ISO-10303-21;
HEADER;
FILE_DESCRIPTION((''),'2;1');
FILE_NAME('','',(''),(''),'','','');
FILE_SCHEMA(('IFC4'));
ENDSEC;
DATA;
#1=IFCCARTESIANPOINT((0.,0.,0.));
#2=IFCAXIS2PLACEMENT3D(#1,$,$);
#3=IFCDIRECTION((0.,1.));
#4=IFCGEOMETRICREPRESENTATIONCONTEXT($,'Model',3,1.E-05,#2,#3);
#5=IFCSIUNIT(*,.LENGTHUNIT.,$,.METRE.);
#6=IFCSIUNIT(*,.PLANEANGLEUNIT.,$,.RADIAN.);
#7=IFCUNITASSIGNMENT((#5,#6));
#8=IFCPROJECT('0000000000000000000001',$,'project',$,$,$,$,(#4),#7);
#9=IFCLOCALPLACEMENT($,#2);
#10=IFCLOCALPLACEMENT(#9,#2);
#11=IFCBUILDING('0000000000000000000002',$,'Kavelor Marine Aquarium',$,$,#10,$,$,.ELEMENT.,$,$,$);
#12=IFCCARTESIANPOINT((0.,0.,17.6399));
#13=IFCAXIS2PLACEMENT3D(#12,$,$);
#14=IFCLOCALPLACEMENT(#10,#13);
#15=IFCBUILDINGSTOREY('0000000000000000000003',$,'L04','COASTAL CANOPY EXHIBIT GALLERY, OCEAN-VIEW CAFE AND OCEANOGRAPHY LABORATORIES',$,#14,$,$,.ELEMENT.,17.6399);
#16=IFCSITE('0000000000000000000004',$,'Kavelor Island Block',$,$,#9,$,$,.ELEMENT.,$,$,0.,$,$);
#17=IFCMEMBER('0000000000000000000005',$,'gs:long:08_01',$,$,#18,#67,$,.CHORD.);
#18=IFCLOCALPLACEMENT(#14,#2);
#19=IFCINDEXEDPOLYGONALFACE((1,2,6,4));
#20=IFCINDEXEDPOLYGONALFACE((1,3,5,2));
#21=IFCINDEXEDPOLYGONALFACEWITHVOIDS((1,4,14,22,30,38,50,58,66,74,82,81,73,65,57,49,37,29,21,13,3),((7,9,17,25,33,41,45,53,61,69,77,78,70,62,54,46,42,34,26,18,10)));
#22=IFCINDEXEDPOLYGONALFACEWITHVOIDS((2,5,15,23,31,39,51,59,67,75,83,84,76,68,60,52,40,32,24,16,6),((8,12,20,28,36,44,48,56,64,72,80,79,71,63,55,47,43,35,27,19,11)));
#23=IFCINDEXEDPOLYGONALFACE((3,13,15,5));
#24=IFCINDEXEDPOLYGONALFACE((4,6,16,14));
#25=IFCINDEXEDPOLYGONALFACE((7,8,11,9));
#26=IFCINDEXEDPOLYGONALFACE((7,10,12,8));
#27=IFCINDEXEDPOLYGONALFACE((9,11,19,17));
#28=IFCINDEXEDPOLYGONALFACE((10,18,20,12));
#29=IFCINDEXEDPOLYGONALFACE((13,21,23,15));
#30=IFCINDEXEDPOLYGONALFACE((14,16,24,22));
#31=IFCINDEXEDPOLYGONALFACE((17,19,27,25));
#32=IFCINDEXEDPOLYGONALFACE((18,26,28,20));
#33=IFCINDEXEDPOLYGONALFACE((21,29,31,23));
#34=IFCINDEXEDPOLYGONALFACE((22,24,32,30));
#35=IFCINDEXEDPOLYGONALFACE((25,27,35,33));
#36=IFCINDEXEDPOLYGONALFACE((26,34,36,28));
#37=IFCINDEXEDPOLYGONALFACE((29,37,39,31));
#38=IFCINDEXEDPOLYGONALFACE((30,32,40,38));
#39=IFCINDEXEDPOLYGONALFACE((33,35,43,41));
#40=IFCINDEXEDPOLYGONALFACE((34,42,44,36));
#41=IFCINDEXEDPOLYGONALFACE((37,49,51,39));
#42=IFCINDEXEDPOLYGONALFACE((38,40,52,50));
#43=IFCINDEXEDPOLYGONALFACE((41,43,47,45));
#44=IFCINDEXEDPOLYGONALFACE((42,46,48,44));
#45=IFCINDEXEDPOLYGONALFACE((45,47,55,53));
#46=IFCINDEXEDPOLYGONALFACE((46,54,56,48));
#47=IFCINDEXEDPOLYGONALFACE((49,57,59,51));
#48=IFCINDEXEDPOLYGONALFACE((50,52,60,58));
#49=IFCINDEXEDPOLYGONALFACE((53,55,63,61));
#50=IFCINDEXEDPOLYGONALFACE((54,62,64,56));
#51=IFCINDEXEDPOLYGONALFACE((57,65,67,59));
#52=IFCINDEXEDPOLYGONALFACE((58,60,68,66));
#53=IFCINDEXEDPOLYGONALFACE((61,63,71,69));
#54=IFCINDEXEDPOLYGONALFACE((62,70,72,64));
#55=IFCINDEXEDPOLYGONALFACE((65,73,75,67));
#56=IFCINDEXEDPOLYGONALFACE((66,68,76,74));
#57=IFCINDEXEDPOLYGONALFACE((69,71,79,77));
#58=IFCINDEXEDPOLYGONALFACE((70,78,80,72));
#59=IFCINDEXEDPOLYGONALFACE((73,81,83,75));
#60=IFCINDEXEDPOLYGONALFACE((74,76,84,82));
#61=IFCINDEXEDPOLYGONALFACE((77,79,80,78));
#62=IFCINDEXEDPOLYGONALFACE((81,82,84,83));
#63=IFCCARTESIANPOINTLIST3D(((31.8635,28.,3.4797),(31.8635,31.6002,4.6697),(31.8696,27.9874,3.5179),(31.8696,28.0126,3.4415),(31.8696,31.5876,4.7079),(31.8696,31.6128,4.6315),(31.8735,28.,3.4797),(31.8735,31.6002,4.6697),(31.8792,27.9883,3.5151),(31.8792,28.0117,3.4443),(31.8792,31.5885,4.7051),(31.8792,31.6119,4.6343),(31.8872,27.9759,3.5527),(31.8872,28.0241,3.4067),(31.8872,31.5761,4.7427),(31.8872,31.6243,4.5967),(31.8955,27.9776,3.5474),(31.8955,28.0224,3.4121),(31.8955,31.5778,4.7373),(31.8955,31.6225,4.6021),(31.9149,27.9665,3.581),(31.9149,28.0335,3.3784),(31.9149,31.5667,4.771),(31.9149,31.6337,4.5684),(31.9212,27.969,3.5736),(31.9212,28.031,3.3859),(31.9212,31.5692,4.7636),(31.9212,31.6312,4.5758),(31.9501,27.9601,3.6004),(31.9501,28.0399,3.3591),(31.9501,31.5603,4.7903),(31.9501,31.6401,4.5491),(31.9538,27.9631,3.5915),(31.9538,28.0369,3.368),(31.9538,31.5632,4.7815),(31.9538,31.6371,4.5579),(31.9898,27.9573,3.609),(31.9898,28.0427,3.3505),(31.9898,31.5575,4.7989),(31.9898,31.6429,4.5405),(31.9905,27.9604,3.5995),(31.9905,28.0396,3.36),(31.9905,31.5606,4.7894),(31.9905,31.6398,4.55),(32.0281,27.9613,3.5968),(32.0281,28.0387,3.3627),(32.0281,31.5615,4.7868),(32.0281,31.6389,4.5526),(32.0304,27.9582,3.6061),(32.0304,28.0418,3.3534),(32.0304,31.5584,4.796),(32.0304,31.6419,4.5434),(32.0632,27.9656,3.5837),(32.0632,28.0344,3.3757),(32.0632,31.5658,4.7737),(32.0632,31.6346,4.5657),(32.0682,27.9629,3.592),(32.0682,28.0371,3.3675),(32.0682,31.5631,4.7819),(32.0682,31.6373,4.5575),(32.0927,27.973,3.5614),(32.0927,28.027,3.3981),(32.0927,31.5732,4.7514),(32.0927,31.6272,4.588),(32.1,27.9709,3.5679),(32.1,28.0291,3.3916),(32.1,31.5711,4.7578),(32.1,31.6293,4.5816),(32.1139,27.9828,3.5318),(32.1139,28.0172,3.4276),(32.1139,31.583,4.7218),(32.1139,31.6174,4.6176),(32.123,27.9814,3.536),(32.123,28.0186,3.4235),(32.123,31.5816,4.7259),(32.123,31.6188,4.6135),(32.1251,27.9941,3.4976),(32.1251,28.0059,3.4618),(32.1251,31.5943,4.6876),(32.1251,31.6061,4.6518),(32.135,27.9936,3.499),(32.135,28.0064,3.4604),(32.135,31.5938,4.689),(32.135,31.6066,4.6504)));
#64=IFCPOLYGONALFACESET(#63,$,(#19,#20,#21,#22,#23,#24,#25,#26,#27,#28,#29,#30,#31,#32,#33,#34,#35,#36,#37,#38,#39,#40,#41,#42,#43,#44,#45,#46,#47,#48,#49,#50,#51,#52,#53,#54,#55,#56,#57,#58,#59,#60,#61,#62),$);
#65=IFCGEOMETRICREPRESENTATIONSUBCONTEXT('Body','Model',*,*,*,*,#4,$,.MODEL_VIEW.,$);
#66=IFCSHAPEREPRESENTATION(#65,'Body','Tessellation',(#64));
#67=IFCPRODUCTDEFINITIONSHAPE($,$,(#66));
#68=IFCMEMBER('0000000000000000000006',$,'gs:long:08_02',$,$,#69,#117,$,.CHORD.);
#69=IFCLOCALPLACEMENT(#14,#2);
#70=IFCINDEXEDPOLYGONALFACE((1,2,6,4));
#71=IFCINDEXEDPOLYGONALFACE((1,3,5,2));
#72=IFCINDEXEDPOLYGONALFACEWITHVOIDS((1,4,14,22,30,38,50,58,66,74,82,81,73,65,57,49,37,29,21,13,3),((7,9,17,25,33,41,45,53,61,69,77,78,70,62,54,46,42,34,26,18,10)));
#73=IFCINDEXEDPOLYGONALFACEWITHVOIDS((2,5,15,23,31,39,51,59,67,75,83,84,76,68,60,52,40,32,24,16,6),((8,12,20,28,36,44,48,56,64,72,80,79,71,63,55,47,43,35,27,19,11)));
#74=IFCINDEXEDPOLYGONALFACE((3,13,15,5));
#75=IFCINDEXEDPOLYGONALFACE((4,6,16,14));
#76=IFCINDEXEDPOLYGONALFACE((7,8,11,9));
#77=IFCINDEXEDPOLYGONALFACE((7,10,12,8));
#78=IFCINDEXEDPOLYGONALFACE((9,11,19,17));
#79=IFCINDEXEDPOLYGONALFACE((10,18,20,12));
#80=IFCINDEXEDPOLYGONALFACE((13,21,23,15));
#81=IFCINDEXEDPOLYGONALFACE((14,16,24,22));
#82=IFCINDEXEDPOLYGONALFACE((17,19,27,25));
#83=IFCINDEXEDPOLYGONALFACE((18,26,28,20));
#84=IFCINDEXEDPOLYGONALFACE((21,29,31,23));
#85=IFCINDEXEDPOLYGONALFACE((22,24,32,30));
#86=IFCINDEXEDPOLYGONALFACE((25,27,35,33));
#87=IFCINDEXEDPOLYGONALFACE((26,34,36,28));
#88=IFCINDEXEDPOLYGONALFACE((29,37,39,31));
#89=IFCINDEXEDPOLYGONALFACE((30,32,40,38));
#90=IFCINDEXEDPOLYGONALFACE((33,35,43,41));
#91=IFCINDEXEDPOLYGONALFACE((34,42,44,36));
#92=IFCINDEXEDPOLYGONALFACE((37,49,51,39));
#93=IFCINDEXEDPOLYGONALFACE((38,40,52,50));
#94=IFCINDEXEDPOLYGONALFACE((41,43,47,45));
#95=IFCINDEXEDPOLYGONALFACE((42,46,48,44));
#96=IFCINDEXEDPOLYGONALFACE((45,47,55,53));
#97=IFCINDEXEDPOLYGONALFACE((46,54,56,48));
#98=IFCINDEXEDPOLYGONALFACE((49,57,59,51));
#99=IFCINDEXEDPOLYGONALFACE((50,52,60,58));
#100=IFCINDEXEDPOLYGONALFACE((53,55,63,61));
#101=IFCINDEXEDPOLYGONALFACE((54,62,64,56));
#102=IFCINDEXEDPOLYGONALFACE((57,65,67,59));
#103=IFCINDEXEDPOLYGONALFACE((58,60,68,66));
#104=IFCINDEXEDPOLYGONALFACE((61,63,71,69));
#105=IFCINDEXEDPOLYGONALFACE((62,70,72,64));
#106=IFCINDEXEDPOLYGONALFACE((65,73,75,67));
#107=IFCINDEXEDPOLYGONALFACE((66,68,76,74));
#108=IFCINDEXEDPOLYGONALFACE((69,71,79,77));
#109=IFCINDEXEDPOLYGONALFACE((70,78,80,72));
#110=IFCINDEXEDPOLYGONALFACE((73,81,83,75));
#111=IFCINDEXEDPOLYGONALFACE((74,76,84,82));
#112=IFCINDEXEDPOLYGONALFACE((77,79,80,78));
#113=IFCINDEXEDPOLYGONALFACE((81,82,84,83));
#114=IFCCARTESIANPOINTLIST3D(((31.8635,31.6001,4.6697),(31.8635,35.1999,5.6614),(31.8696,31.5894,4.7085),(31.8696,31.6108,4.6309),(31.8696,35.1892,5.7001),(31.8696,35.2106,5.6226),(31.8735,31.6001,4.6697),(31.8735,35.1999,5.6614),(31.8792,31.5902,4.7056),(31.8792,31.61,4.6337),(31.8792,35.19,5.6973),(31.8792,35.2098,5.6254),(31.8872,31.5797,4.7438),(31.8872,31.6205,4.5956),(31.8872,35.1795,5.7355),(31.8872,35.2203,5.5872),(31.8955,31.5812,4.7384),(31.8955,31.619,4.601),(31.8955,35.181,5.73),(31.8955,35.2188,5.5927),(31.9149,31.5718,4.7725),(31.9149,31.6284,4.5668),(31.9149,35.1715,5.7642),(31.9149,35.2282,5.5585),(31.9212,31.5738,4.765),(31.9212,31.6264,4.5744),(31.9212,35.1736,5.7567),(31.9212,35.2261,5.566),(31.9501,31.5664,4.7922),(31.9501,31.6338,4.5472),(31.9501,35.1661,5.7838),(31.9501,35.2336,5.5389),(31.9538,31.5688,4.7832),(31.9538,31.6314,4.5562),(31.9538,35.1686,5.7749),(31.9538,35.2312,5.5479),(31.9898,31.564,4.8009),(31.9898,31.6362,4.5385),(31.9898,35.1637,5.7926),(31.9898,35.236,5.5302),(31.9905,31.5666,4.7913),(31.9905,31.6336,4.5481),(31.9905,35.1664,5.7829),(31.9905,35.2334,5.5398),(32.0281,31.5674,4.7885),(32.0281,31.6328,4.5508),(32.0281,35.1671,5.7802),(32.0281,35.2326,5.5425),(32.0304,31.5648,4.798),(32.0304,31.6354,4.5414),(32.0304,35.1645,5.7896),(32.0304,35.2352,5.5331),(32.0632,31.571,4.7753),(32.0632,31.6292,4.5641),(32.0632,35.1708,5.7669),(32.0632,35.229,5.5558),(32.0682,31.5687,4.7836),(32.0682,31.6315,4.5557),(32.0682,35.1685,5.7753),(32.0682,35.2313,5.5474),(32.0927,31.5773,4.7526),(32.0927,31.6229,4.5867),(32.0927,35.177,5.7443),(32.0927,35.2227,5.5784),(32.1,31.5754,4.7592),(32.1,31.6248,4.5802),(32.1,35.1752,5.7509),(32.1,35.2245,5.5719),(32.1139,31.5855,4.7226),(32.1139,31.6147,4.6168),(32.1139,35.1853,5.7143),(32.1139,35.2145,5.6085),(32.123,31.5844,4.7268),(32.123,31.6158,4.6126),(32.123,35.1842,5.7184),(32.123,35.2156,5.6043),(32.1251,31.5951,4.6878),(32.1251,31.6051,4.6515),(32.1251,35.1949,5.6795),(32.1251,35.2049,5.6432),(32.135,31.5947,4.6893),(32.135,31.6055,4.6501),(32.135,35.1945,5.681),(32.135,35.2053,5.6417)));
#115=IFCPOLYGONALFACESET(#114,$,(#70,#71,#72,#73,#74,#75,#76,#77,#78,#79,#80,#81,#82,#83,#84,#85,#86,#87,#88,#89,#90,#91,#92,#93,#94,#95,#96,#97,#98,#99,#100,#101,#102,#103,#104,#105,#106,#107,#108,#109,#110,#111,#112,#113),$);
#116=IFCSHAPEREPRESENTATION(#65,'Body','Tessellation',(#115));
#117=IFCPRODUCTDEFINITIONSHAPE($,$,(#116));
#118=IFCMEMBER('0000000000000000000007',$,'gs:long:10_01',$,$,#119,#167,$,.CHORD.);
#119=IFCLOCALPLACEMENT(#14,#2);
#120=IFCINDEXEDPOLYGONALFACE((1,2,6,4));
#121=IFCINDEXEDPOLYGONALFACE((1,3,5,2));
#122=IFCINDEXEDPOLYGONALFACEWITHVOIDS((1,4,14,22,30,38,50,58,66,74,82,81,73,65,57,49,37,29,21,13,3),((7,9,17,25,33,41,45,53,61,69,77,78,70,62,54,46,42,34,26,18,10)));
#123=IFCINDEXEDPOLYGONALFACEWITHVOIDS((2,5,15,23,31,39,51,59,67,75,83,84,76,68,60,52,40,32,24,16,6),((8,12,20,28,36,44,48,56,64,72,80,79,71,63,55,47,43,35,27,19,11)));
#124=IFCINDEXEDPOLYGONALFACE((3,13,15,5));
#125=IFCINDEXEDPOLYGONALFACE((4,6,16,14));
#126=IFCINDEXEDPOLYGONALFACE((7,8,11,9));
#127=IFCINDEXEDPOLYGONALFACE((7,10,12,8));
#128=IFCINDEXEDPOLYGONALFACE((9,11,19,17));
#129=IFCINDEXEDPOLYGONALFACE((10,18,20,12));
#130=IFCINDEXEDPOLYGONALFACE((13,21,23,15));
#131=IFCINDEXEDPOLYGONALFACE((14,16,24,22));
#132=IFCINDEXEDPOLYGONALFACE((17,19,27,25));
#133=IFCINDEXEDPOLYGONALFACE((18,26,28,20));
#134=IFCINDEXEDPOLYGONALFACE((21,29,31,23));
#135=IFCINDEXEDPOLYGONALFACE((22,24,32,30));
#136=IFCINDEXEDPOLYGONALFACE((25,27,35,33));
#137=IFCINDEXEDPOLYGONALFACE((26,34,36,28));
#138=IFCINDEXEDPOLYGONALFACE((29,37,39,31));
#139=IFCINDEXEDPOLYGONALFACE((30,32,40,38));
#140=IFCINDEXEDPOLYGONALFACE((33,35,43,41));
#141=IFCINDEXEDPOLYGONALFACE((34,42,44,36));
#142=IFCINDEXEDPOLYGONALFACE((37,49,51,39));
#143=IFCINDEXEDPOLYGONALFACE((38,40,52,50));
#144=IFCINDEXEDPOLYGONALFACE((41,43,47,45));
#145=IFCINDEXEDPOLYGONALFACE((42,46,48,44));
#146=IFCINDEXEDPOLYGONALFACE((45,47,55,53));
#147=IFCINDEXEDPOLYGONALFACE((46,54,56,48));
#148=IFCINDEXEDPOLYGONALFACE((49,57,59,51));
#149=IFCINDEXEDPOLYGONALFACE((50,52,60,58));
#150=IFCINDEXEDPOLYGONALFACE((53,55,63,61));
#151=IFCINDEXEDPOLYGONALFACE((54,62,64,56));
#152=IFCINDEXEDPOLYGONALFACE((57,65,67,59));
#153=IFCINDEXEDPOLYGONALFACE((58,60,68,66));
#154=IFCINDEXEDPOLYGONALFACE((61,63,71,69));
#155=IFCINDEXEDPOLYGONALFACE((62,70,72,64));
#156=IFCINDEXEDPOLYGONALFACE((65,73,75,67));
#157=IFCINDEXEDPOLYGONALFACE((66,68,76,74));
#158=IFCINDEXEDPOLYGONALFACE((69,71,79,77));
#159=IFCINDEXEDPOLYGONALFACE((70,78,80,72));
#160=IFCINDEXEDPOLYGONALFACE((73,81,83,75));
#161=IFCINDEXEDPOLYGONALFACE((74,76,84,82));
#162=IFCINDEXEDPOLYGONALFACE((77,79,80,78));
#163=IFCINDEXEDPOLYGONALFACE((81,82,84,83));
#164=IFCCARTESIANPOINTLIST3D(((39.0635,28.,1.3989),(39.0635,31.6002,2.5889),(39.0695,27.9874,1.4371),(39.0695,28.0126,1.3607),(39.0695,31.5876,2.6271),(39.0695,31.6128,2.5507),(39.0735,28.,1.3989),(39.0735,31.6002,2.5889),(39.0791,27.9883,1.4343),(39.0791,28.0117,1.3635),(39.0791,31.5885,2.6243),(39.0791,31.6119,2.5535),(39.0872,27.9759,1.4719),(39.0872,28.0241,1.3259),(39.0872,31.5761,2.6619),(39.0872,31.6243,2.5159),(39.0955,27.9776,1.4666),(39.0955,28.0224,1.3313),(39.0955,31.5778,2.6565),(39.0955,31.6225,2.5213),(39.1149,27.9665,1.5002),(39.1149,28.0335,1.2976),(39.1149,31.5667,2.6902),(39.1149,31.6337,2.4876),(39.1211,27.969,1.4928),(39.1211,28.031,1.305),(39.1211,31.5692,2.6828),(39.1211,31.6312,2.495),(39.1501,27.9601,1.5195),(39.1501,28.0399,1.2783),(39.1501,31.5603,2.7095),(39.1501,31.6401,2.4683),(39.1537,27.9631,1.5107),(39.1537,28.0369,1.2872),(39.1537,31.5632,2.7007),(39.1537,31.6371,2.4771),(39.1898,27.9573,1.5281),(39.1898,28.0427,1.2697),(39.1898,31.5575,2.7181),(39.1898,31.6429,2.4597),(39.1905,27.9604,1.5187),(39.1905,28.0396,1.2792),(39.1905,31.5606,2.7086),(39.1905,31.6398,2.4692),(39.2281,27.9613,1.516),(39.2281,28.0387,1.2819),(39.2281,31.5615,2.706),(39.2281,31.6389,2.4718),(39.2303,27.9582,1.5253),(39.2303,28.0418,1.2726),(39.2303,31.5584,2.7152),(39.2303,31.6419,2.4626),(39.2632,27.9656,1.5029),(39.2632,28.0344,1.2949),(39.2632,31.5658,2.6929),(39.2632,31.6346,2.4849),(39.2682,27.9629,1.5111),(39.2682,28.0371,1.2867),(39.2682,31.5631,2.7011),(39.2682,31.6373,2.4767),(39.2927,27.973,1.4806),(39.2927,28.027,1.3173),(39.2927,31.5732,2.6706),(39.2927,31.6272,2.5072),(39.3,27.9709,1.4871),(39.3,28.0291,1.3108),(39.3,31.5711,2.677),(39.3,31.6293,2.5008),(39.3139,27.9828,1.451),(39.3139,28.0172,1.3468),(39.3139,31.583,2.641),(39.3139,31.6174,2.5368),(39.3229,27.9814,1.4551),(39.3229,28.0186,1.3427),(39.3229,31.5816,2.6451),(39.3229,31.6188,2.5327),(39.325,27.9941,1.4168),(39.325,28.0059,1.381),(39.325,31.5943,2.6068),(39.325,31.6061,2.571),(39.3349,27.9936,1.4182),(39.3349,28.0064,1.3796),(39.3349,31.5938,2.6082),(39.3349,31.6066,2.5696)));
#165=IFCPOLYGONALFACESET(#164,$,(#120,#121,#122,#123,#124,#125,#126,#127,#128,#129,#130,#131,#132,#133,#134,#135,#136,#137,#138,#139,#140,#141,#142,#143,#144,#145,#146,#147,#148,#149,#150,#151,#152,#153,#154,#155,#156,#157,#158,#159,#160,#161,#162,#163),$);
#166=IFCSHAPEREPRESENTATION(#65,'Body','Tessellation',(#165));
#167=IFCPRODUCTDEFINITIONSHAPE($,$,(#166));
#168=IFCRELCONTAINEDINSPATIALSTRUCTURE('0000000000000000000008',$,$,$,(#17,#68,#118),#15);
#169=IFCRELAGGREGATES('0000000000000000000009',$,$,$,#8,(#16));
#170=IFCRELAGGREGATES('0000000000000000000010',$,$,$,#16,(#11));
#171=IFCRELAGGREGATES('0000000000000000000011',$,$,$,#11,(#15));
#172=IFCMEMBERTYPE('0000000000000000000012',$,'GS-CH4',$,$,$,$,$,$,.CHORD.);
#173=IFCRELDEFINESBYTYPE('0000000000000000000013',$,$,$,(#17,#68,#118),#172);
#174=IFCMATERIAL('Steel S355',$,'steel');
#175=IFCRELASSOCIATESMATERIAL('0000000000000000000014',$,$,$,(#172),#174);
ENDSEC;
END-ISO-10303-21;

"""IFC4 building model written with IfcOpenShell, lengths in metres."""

from ifc_helpers import new_model, si_unit, direction, frame, origin, origin_2d, place, context, subcontext, project, spatial, hollow_circle, extrude, material, material_profile, profile_set, type_object, element, save


model = new_model("IFC4")

# Units and contexts
model_context = context("Model", 3, precision=1e-05, world=origin(), true_north=direction((0.0, 1.0)))
body_context = subcontext(model_context, "Body", "Model", "MODEL_VIEW")
ifc_project = project(units=[si_unit("LENGTHUNIT", "METRE"), si_unit("PLANEANGLEUNIT", "RADIAN")], contexts=[model_context])

# Site, building, storey
site_placement = place(None, origin())
site = spatial("IfcSite", under=ifc_project, at=site_placement, Name="Kavelor Island Block", CompositionType="ELEMENT", RefElevation=0.0)
building_placement = place(site_placement, origin())
building = spatial("IfcBuilding", under=site, at=building_placement, Name="Kavelor Marine Aquarium", CompositionType="ELEMENT")
storey_placement = place(building_placement, frame((0.0, 0.0, 17.6399)))
storey = spatial("IfcBuildingStorey", under=building, at=storey_placement, Name="L04", Description="COASTAL CANOPY EXHIBIT GALLERY, OCEAN-VIEW CAFE AND OCEANOGRAPHY LABORATORIES", CompositionType="ELEMENT", Elevation=17.6399)

# Members
ifc_material_1 = material(Name="Steel S355", Category="steel")
ifc_material_profile_1 = material_profile(ifc_material_1, hollow_circle(Radius=0.1365, WallThickness=0.01, at=origin_2d()), Name="CHS 273.0x10.0")
ifc_profile_set_1 = profile_set([ifc_material_profile_1], Name="Steel S355")
member_type_1 = type_object("IfcMemberType", Name="GS-CH4", PredefinedType="CHORD", material=ifc_profile_set_1)
member_1_placement = place(storey_placement, frame((32.0, 28.0, 3.4797), z_axis=(0.0, 0.949479, 0.313831), x_axis=(-1.0, 0.0, 0.0)))
element("IfcMember", 1, at=member_1_placement, inside=storey, type_object=member_type_1, Name="gs:long:08_01", PredefinedType="CHORD", context=body_context, shape_type="SweptSolid", body=[
    extrude(hollow_circle(Radius=0.1365, WallThickness=0.01, at=origin_2d()), origin(), (0.0, 0.0, 1.0), 3.7917),
])
member_2_placement = place(storey_placement, frame((32.0, 31.6001, 4.6697), z_axis=(0.0, 0.964086, 0.26559), x_axis=(-1.0, 0.0, 0.0)))
element("IfcMember", 2, at=member_2_placement, inside=storey, type_object=member_type_1, Name="gs:long:08_02", PredefinedType="CHORD", context=body_context, shape_type="SweptSolid", body=[
    extrude(hollow_circle(Radius=0.1365, WallThickness=0.01, at=origin_2d()), origin(), (0.0, 0.0, 1.0), 3.7339),
])
member_3_placement = place(storey_placement, frame((39.2, 28.0, 1.3989), z_axis=(0.0, 0.949479, 0.313831), x_axis=(-1.0, 0.0, 0.0)))
element("IfcMember", 3, at=member_3_placement, inside=storey, type_object=member_type_1, Name="gs:long:10_01", PredefinedType="CHORD", context=body_context, shape_type="SweptSolid", body=[
    extrude(hollow_circle(Radius=0.1365, WallThickness=0.01, at=origin_2d()), origin(), (0.0, 0.0, 1.0), 3.7917),
])

save(model, "model.ifc")
